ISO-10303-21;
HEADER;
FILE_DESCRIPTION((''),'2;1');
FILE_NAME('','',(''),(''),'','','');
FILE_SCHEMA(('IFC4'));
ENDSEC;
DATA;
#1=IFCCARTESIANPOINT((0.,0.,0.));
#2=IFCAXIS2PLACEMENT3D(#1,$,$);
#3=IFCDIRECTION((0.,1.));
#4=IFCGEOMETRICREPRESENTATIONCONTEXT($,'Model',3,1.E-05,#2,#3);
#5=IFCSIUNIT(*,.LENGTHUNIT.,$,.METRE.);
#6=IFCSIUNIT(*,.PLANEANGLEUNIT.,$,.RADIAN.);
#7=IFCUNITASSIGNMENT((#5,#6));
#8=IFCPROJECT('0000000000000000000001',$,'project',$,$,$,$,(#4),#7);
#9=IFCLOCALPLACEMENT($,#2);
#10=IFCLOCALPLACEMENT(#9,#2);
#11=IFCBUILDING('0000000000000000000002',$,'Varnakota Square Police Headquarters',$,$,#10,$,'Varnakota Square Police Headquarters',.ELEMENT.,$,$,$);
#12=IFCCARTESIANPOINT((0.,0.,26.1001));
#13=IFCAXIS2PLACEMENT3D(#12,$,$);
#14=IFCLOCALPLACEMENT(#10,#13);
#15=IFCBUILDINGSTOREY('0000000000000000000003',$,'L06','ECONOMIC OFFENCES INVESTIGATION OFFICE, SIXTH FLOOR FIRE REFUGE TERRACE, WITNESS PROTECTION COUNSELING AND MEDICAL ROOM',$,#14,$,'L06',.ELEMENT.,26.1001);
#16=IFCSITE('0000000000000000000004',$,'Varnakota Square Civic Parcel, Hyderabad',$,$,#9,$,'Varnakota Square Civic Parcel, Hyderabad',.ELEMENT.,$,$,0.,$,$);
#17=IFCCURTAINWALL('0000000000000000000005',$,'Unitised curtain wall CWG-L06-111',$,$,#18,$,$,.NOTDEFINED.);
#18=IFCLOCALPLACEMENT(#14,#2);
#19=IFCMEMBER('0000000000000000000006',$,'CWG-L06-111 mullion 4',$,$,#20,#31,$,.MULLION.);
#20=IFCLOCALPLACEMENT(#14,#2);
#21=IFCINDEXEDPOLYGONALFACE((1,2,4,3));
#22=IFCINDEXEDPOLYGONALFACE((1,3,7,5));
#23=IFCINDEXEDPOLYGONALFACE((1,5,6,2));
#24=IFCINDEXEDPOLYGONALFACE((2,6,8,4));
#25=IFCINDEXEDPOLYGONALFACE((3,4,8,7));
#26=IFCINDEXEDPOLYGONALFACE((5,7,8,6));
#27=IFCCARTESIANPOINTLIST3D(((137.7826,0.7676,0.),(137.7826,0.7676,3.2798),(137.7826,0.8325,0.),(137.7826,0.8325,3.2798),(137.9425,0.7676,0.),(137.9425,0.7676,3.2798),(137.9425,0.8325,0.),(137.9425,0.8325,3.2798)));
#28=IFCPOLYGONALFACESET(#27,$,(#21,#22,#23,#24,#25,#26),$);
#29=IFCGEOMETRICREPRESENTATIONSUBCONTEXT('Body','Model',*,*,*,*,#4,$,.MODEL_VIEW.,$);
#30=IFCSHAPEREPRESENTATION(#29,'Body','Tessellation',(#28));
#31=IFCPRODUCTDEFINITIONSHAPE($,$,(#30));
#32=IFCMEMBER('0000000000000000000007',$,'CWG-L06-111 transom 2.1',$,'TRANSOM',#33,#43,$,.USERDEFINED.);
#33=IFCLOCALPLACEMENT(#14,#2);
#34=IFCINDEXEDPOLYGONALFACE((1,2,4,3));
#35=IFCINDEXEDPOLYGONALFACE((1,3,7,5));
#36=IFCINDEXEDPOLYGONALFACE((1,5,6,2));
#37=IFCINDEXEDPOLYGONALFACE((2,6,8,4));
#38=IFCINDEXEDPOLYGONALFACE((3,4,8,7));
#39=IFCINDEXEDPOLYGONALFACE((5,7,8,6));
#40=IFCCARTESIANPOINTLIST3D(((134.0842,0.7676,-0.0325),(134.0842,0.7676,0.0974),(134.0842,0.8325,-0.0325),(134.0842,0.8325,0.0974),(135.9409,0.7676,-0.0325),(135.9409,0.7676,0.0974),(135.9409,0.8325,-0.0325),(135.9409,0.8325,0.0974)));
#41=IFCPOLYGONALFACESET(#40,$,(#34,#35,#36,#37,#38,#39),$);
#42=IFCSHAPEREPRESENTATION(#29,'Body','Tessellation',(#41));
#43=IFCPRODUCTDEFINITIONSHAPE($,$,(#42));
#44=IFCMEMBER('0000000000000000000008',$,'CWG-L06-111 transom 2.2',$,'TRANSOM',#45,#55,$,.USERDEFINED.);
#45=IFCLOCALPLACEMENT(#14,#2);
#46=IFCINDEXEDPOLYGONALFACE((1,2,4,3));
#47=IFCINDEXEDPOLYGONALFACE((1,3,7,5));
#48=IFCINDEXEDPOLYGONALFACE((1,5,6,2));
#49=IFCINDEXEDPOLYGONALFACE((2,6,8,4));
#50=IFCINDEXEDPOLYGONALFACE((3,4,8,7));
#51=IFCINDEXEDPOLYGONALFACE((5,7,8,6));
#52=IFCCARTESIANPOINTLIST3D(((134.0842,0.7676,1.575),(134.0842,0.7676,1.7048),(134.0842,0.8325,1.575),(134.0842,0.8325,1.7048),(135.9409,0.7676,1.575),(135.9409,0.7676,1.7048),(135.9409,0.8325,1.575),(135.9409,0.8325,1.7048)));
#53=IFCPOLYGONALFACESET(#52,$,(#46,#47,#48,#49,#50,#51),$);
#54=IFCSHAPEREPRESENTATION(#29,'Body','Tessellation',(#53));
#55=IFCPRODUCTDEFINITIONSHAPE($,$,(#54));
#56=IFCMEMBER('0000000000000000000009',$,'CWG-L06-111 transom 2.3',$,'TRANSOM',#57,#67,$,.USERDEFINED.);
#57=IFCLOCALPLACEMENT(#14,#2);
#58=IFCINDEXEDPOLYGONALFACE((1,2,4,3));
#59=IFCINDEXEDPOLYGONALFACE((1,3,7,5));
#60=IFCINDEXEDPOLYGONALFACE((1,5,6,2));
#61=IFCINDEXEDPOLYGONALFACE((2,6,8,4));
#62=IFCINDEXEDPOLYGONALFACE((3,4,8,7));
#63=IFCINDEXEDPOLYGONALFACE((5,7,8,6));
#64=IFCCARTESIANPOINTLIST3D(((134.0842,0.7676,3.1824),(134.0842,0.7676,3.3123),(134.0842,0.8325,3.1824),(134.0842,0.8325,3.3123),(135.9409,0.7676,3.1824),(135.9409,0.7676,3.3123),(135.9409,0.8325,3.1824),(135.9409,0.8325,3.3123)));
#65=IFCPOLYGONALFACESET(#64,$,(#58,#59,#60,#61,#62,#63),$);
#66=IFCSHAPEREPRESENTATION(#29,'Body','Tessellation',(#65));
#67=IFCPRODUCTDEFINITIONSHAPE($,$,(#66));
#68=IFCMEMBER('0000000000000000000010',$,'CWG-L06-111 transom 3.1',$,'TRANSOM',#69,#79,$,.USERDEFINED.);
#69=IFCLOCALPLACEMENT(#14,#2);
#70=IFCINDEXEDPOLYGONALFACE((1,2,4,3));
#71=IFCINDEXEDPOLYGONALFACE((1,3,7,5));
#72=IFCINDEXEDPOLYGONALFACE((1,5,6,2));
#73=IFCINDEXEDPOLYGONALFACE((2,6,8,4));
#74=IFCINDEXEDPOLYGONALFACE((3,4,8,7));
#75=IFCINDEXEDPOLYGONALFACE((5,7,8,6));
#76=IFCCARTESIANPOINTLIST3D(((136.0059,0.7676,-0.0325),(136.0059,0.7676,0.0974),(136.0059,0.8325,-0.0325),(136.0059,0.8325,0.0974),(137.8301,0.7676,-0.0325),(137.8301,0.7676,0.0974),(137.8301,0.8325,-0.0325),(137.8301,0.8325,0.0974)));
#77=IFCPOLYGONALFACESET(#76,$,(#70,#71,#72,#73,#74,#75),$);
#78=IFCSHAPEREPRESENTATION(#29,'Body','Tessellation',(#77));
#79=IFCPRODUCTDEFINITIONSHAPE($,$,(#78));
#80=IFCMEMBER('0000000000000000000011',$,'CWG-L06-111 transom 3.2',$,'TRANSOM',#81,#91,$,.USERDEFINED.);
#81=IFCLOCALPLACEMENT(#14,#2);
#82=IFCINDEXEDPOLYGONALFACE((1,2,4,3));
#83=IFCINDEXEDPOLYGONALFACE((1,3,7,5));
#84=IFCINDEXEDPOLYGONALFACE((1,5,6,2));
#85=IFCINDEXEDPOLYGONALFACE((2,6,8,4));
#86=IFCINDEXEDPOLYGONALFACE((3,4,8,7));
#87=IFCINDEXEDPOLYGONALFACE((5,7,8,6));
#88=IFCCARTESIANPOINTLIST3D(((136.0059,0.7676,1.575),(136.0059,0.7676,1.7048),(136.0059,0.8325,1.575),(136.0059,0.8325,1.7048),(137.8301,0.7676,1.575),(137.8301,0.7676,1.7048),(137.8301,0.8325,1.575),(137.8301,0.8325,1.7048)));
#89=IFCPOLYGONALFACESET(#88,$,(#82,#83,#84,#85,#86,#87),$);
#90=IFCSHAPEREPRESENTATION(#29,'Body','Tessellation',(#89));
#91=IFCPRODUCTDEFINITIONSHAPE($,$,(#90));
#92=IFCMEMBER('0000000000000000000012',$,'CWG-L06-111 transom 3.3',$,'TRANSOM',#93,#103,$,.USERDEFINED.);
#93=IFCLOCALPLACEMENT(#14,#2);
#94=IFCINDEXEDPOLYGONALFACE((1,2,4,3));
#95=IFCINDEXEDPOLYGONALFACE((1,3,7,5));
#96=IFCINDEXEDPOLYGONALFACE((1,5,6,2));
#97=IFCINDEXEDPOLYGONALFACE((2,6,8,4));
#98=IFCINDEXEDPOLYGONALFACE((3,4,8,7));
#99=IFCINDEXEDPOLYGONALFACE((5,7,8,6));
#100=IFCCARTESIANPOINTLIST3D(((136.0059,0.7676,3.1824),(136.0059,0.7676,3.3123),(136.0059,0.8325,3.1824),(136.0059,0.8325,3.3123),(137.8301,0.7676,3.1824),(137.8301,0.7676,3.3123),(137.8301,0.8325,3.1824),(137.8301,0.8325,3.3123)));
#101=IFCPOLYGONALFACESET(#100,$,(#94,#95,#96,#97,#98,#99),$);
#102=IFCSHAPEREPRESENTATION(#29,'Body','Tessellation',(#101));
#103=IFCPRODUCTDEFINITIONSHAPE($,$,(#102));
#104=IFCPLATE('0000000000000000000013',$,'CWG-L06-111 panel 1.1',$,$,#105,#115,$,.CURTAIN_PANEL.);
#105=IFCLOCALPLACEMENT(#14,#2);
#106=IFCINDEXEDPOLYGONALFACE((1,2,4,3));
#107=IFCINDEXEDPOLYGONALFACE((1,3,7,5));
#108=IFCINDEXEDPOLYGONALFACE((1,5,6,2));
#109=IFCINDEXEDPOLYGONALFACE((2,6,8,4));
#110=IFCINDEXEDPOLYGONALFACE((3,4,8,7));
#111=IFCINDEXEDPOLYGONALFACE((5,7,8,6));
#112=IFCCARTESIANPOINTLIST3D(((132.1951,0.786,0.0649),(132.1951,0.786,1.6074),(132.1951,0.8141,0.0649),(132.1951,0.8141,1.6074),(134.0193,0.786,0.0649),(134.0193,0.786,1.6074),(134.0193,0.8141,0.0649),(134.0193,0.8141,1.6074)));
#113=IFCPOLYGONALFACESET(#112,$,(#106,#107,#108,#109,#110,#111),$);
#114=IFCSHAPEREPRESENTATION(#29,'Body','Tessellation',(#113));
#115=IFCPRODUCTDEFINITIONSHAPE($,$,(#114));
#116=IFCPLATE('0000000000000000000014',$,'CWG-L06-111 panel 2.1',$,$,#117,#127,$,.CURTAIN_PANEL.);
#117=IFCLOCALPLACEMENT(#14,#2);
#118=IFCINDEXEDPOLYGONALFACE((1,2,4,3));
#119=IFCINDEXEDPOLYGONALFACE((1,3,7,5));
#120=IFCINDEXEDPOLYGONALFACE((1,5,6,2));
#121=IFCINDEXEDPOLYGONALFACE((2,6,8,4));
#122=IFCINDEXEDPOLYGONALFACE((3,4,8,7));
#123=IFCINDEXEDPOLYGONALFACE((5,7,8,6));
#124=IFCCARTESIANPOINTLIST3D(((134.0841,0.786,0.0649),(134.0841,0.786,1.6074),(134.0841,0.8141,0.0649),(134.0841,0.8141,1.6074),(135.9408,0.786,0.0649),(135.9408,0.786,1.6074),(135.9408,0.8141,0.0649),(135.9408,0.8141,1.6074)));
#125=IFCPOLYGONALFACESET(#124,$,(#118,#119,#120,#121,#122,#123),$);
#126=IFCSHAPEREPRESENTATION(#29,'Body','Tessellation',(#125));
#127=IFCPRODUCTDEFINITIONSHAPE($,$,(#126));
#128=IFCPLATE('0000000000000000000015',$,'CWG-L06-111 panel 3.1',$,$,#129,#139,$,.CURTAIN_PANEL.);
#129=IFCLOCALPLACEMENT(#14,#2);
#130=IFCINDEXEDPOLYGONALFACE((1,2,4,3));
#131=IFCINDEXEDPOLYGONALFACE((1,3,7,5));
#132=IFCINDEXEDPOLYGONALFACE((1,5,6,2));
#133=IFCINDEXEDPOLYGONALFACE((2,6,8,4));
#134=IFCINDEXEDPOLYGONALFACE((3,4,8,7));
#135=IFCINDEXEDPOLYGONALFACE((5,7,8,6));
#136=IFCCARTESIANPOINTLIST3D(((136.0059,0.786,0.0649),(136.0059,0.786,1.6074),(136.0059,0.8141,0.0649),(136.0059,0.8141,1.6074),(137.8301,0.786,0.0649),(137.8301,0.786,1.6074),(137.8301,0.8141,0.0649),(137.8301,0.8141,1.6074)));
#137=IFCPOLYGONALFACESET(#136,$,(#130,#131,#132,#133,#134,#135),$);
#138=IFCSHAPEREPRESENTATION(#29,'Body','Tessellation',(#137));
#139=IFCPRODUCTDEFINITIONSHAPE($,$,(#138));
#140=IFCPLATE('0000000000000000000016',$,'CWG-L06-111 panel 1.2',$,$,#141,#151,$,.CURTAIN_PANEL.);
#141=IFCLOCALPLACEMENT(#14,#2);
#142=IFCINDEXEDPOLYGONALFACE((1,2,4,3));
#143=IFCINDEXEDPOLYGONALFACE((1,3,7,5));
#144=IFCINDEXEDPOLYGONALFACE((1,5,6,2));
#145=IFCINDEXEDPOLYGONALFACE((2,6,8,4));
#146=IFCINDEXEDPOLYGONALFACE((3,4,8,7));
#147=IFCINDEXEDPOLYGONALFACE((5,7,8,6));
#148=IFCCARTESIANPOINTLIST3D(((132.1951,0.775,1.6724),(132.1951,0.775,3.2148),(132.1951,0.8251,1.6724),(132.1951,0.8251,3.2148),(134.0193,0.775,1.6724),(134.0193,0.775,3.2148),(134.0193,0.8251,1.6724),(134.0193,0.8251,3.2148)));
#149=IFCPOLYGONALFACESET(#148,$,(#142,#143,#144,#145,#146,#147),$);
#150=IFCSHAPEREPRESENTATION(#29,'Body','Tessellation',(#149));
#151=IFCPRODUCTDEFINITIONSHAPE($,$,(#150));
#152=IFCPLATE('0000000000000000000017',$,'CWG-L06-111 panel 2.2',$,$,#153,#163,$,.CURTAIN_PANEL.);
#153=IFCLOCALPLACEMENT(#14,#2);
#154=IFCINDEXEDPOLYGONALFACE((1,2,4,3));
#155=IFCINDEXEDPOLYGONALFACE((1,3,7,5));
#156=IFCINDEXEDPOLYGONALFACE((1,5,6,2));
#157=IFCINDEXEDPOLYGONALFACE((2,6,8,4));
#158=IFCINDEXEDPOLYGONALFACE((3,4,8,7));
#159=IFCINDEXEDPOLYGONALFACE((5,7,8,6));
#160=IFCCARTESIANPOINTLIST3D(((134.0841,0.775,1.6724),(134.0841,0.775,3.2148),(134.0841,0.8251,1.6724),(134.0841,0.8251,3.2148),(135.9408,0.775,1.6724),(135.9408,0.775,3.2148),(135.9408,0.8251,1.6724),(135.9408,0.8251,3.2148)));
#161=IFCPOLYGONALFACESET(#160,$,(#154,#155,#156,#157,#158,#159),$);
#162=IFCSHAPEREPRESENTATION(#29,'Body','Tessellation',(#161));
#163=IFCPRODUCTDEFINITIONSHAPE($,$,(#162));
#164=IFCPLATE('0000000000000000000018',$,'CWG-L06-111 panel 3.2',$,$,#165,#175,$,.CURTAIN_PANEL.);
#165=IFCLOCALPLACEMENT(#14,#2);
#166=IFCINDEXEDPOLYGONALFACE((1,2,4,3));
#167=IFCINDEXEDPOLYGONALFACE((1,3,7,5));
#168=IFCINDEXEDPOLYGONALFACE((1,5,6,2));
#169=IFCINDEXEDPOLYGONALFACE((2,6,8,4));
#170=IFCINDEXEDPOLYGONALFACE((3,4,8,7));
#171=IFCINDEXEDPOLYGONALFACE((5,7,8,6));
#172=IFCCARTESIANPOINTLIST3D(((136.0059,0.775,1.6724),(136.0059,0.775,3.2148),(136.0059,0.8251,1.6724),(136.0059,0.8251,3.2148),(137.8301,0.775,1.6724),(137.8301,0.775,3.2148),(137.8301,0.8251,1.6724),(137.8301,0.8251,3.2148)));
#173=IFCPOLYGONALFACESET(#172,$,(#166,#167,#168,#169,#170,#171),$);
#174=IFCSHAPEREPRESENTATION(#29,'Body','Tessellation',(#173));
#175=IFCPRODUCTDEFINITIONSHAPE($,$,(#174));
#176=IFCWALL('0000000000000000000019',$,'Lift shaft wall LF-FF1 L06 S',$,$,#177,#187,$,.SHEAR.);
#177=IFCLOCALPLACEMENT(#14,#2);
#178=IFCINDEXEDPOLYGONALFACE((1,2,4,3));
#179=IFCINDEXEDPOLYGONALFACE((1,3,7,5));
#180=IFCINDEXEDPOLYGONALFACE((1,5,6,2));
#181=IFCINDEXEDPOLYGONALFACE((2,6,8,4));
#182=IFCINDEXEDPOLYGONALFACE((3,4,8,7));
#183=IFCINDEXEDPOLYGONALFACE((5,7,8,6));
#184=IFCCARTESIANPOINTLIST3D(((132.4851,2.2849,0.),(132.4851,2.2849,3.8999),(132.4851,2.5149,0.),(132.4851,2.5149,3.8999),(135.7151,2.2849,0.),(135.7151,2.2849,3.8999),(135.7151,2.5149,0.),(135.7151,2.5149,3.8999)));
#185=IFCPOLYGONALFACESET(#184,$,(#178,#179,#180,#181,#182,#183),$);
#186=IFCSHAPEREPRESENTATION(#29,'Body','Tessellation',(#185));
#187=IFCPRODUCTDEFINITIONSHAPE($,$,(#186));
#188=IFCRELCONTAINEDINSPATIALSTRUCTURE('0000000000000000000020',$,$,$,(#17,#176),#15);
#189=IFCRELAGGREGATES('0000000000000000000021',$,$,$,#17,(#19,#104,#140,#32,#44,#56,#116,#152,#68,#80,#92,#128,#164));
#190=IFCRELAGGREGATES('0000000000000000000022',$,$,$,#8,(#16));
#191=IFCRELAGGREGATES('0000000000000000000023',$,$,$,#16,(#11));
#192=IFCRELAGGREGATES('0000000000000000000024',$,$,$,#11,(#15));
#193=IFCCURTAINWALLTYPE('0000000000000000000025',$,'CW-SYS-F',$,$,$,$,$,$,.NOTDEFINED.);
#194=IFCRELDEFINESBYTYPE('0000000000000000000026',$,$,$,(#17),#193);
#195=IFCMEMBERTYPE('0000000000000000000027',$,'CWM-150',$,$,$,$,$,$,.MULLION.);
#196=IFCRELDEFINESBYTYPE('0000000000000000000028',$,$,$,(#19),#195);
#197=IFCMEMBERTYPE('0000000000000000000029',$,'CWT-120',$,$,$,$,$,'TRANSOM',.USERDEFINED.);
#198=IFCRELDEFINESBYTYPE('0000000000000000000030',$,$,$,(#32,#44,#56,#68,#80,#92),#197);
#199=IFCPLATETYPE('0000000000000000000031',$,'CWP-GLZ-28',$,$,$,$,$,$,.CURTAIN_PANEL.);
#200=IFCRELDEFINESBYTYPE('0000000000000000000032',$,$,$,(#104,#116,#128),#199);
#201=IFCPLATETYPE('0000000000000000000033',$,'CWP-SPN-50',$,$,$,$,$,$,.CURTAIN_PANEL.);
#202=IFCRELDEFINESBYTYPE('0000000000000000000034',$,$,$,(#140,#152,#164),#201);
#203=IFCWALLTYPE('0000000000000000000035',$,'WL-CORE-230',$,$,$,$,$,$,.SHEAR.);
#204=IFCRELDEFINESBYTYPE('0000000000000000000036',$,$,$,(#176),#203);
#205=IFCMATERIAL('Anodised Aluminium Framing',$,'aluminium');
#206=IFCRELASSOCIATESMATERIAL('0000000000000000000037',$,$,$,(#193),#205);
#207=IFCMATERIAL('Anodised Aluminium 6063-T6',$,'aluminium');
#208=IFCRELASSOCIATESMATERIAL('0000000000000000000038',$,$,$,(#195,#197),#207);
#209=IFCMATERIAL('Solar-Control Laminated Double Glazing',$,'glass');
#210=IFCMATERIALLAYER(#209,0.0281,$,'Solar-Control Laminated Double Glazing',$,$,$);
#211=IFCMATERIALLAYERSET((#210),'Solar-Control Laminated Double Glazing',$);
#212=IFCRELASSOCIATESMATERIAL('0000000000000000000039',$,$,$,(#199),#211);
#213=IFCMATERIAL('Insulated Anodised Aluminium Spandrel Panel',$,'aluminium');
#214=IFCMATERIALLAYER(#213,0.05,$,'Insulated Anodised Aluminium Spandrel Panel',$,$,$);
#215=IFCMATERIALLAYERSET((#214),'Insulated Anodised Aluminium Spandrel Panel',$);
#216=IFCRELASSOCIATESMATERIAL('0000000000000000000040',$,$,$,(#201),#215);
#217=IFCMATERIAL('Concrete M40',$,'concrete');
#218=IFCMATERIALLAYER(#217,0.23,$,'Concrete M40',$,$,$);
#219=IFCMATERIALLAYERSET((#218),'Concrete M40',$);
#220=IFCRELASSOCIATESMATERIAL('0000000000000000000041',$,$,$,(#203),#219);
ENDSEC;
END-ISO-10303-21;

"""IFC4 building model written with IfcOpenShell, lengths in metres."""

from ifc_helpers import new_model, si_unit, direction, frame, frame_2d, origin, origin_2d, place, context, subcontext, project, spatial, rectangle, extrude, material, layer, layer_set, material_profile, profile_set, type_object, element, aggregate, save


model = new_model("IFC4")

# Units and contexts
model_context = context("Model", 3, precision=1e-05, world=origin(), true_north=direction((0.0, 1.0)))
body_context = subcontext(model_context, "Body", "Model", "MODEL_VIEW")
ifc_project = project(units=[si_unit("LENGTHUNIT", "METRE"), si_unit("PLANEANGLEUNIT", "RADIAN")], contexts=[model_context])

# Site, building, storey
site_placement = place(None, origin())
site = spatial("IfcSite", under=ifc_project, at=site_placement, Name="Varnakota Square Civic Parcel, Hyderabad", LongName="Varnakota Square Civic Parcel, Hyderabad", CompositionType="ELEMENT", RefElevation=0.0)
building_placement = place(site_placement, origin())
building = spatial("IfcBuilding", under=site, at=building_placement, Name="Varnakota Square Police Headquarters", LongName="Varnakota Square Police Headquarters", CompositionType="ELEMENT")
storey_placement = place(building_placement, frame((0.0, 0.0, 26.1001)))
storey = spatial("IfcBuildingStorey", under=building, at=storey_placement, Name="L06", Description="ECONOMIC OFFENCES INVESTIGATION OFFICE, SIXTH FLOOR FIRE REFUGE TERRACE, WITNESS PROTECTION COUNSELING AND MEDICAL ROOM", LongName="L06", CompositionType="ELEMENT", Elevation=26.1001)

# Curtain wall, members, plates
ifc_material_1 = material(Name="Anodised Aluminium Framing", Category="aluminium")
curtain_wall_type = type_object("IfcCurtainWallType", Name="CW-SYS-F", PredefinedType="NOTDEFINED", material=ifc_material_1)
curtain_wall_placement = place(storey_placement, origin())
curtain_wall = element("IfcCurtainWall", 1, at=curtain_wall_placement, inside=storey, type_object=curtain_wall_type, Name="Unitised curtain wall CWG-L06-111", PredefinedType="NOTDEFINED")
ifc_material_2 = material(Name="Anodised Aluminium 6063-T6", Category="aluminium")
ifc_material_profile_1 = material_profile(ifc_material_2, rectangle(XDim=0.0649, YDim=0.1599, at=origin_2d()), Name="ALU MULLION 65x160")
ifc_profile_set_1 = profile_set([ifc_material_profile_1], Name="Anodised Aluminium 6063-T6")
member_type_1 = type_object("IfcMemberType", Name="CWM-150", PredefinedType="MULLION", material=ifc_profile_set_1)
member_1_placement = place(storey_placement, frame((137.8625, 0.8, 0.0), z_axis=(0.0, 0.0, 1.0), x_axis=(0.0, 1.0, 0.0)))
member_1 = element("IfcMember", 2, at=member_1_placement, type_object=member_type_1, Name="CWG-L06-111 mullion 4", PredefinedType="MULLION", context=body_context, shape_type="SweptSolid", body=[
    extrude(rectangle(XDim=0.0649, YDim=0.1599, at=origin_2d()), origin(), (0.0, 0.0, 1.0), 3.2798),
])
ifc_material_profile_2 = material_profile(ifc_material_2, rectangle(XDim=0.0649, YDim=0.1299, at=origin_2d()), Name="ALU TRANSOM 65x130")
ifc_profile_set_2 = profile_set([ifc_material_profile_2], Name="Anodised Aluminium 6063-T6")
member_type_2 = type_object("IfcMemberType", Name="CWT-120", ElementType="TRANSOM", PredefinedType="USERDEFINED", material=ifc_profile_set_2)
member_2_placement = place(storey_placement, frame((134.0842, 0.8, 0.0325), z_axis=(1.0, 0.0, 0.0), x_axis=(0.0, 1.0, 0.0)))
member_2 = element("IfcMember", 3, at=member_2_placement, type_object=member_type_2, Name="CWG-L06-111 transom 2.1", ObjectType="TRANSOM", PredefinedType="USERDEFINED", context=body_context, shape_type="SweptSolid", body=[
    extrude(rectangle(XDim=0.0649, YDim=0.1299, at=origin_2d()), origin(), (0.0, 0.0, 1.0), 1.8567),
])
member_3_placement = place(storey_placement, frame((134.0842, 0.8, 1.6399), z_axis=(1.0, 0.0, 0.0), x_axis=(0.0, 1.0, 0.0)))
member_3 = element("IfcMember", 4, at=member_3_placement, type_object=member_type_2, Name="CWG-L06-111 transom 2.2", ObjectType="TRANSOM", PredefinedType="USERDEFINED", context=body_context, shape_type="SweptSolid", body=[
    extrude(rectangle(XDim=0.0649, YDim=0.1299, at=origin_2d()), origin(), (0.0, 0.0, 1.0), 1.8567),
])
member_4_placement = place(storey_placement, frame((134.0842, 0.8, 3.2473), z_axis=(1.0, 0.0, 0.0), x_axis=(0.0, 1.0, 0.0)))
member_4 = element("IfcMember", 5, at=member_4_placement, type_object=member_type_2, Name="CWG-L06-111 transom 2.3", ObjectType="TRANSOM", PredefinedType="USERDEFINED", context=body_context, shape_type="SweptSolid", body=[
    extrude(rectangle(XDim=0.0649, YDim=0.1299, at=origin_2d()), origin(), (0.0, 0.0, 1.0), 1.8567),
])
member_5_placement = place(storey_placement, frame((136.0059, 0.8, 0.0325), z_axis=(1.0, 0.0, 0.0), x_axis=(0.0, 1.0, 0.0)))
member_5 = element("IfcMember", 6, at=member_5_placement, type_object=member_type_2, Name="CWG-L06-111 transom 3.1", ObjectType="TRANSOM", PredefinedType="USERDEFINED", context=body_context, shape_type="SweptSolid", body=[
    extrude(rectangle(XDim=0.0649, YDim=0.1299, at=origin_2d()), origin(), (0.0, 0.0, 1.0), 1.8242),
])
member_6_placement = place(storey_placement, frame((136.0059, 0.8, 1.6399), z_axis=(1.0, 0.0, 0.0), x_axis=(0.0, 1.0, 0.0)))
member_6 = element("IfcMember", 7, at=member_6_placement, type_object=member_type_2, Name="CWG-L06-111 transom 3.2", ObjectType="TRANSOM", PredefinedType="USERDEFINED", context=body_context, shape_type="SweptSolid", body=[
    extrude(rectangle(XDim=0.0649, YDim=0.1299, at=origin_2d()), origin(), (0.0, 0.0, 1.0), 1.8242),
])
member_7_placement = place(storey_placement, frame((136.0059, 0.8, 3.2473), z_axis=(1.0, 0.0, 0.0), x_axis=(0.0, 1.0, 0.0)))
member_7 = element("IfcMember", 8, at=member_7_placement, type_object=member_type_2, Name="CWG-L06-111 transom 3.3", ObjectType="TRANSOM", PredefinedType="USERDEFINED", context=body_context, shape_type="SweptSolid", body=[
    extrude(rectangle(XDim=0.0649, YDim=0.1299, at=origin_2d()), origin(), (0.0, 0.0, 1.0), 1.8242),
])
ifc_material_3 = material(Name="Solar-Control Laminated Double Glazing", Category="glass")
ifc_layer_1 = layer(ifc_material_3, 0.0281, Name="Solar-Control Laminated Double Glazing")
ifc_layer_set_1 = layer_set([ifc_layer_1], Name="Solar-Control Laminated Double Glazing")
plate_type_1 = type_object("IfcPlateType", Name="CWP-GLZ-28", PredefinedType="CURTAIN_PANEL", material=ifc_layer_set_1)
plate_1_placement = place(storey_placement, frame((133.1072, 0.8, 0.0649), z_axis=(0.0, 0.0, 1.0), x_axis=(1.0, 0.0, 0.0)))
plate_1 = element("IfcPlate", 9, at=plate_1_placement, type_object=plate_type_1, Name="CWG-L06-111 panel 1.1", PredefinedType="CURTAIN_PANEL", context=body_context, shape_type="SweptSolid", body=[
    extrude(rectangle(XDim=1.8242, YDim=0.0281, at=origin_2d()), origin(), (0.0, 0.0, 1.0), 1.5425),
])
plate_2_placement = place(storey_placement, frame((135.0125, 0.8, 0.0649), z_axis=(0.0, 0.0, 1.0), x_axis=(1.0, 0.0, 0.0)))
plate_2 = element("IfcPlate", 10, at=plate_2_placement, type_object=plate_type_1, Name="CWG-L06-111 panel 2.1", PredefinedType="CURTAIN_PANEL", context=body_context, shape_type="SweptSolid", body=[
    extrude(rectangle(XDim=1.8567, YDim=0.0281, at=origin_2d()), origin(), (0.0, 0.0, 1.0), 1.5425),
])
plate_3_placement = place(storey_placement, frame((136.918, 0.8, 0.0649), z_axis=(0.0, 0.0, 1.0), x_axis=(1.0, 0.0, 0.0)))
plate_3 = element("IfcPlate", 11, at=plate_3_placement, type_object=plate_type_1, Name="CWG-L06-111 panel 3.1", PredefinedType="CURTAIN_PANEL", context=body_context, shape_type="SweptSolid", body=[
    extrude(rectangle(XDim=1.8242, YDim=0.0281, at=origin_2d()), origin(), (0.0, 0.0, 1.0), 1.5425),
])
ifc_material_4 = material(Name="Insulated Anodised Aluminium Spandrel Panel", Category="aluminium")
ifc_layer_2 = layer(ifc_material_4, 0.05, Name="Insulated Anodised Aluminium Spandrel Panel")
ifc_layer_set_2 = layer_set([ifc_layer_2], Name="Insulated Anodised Aluminium Spandrel Panel")
plate_type_2 = type_object("IfcPlateType", Name="CWP-SPN-50", PredefinedType="CURTAIN_PANEL", material=ifc_layer_set_2)
plate_4_placement = place(storey_placement, frame((133.1072, 0.8, 1.6724), z_axis=(0.0, 0.0, 1.0), x_axis=(1.0, 0.0, 0.0)))
plate_4 = element("IfcPlate", 12, at=plate_4_placement, type_object=plate_type_2, Name="CWG-L06-111 panel 1.2", PredefinedType="CURTAIN_PANEL", context=body_context, shape_type="SweptSolid", body=[
    extrude(rectangle(XDim=1.8242, YDim=0.05, at=origin_2d()), origin(), (0.0, 0.0, 1.0), 1.5425),
])
plate_5_placement = place(storey_placement, frame((135.0125, 0.8, 1.6724), z_axis=(0.0, 0.0, 1.0), x_axis=(1.0, 0.0, 0.0)))
plate_5 = element("IfcPlate", 13, at=plate_5_placement, type_object=plate_type_2, Name="CWG-L06-111 panel 2.2", PredefinedType="CURTAIN_PANEL", context=body_context, shape_type="SweptSolid", body=[
    extrude(rectangle(XDim=1.8567, YDim=0.05, at=origin_2d()), origin(), (0.0, 0.0, 1.0), 1.5425),
])
plate_6_placement = place(storey_placement, frame((136.918, 0.8, 1.6724), z_axis=(0.0, 0.0, 1.0), x_axis=(1.0, 0.0, 0.0)))
plate_6 = element("IfcPlate", 14, at=plate_6_placement, type_object=plate_type_2, Name="CWG-L06-111 panel 3.2", PredefinedType="CURTAIN_PANEL", context=body_context, shape_type="SweptSolid", body=[
    extrude(rectangle(XDim=1.8242, YDim=0.05, at=origin_2d()), origin(), (0.0, 0.0, 1.0), 1.5425),
])
aggregate(curtain_wall, [member_1, plate_1, plate_4, member_2, member_3, member_4, plate_2, plate_5, member_5, member_6, member_7, plate_3, plate_6])

# Wall
ifc_material_5 = material(Name="Concrete M40", Category="concrete")
ifc_layer_3 = layer(ifc_material_5, 0.23, Name="Concrete M40")
ifc_layer_set_3 = layer_set([ifc_layer_3], Name="Concrete M40")
wall_type = type_object("IfcWallType", Name="WL-CORE-230", PredefinedType="SHEAR", material=ifc_layer_set_3)
wall_1_placement = place(storey_placement, frame((132.4851, 2.3999, 0.0), z_axis=(0.0, 0.0, 1.0), x_axis=(1.0, 0.0, 0.0)))
element("IfcWall", 15, at=wall_1_placement, inside=storey, type_object=wall_type, Name="Lift shaft wall LF-FF1 L06 S", PredefinedType="SHEAR", context=body_context, shape_type="SweptSolid", body=[
    extrude(rectangle(XDim=3.23, YDim=0.23, at=frame_2d((1.615, 0.0))), origin(), (0.0, 0.0, 1.0), 3.8999),
])

save(model, "model.ifc")
